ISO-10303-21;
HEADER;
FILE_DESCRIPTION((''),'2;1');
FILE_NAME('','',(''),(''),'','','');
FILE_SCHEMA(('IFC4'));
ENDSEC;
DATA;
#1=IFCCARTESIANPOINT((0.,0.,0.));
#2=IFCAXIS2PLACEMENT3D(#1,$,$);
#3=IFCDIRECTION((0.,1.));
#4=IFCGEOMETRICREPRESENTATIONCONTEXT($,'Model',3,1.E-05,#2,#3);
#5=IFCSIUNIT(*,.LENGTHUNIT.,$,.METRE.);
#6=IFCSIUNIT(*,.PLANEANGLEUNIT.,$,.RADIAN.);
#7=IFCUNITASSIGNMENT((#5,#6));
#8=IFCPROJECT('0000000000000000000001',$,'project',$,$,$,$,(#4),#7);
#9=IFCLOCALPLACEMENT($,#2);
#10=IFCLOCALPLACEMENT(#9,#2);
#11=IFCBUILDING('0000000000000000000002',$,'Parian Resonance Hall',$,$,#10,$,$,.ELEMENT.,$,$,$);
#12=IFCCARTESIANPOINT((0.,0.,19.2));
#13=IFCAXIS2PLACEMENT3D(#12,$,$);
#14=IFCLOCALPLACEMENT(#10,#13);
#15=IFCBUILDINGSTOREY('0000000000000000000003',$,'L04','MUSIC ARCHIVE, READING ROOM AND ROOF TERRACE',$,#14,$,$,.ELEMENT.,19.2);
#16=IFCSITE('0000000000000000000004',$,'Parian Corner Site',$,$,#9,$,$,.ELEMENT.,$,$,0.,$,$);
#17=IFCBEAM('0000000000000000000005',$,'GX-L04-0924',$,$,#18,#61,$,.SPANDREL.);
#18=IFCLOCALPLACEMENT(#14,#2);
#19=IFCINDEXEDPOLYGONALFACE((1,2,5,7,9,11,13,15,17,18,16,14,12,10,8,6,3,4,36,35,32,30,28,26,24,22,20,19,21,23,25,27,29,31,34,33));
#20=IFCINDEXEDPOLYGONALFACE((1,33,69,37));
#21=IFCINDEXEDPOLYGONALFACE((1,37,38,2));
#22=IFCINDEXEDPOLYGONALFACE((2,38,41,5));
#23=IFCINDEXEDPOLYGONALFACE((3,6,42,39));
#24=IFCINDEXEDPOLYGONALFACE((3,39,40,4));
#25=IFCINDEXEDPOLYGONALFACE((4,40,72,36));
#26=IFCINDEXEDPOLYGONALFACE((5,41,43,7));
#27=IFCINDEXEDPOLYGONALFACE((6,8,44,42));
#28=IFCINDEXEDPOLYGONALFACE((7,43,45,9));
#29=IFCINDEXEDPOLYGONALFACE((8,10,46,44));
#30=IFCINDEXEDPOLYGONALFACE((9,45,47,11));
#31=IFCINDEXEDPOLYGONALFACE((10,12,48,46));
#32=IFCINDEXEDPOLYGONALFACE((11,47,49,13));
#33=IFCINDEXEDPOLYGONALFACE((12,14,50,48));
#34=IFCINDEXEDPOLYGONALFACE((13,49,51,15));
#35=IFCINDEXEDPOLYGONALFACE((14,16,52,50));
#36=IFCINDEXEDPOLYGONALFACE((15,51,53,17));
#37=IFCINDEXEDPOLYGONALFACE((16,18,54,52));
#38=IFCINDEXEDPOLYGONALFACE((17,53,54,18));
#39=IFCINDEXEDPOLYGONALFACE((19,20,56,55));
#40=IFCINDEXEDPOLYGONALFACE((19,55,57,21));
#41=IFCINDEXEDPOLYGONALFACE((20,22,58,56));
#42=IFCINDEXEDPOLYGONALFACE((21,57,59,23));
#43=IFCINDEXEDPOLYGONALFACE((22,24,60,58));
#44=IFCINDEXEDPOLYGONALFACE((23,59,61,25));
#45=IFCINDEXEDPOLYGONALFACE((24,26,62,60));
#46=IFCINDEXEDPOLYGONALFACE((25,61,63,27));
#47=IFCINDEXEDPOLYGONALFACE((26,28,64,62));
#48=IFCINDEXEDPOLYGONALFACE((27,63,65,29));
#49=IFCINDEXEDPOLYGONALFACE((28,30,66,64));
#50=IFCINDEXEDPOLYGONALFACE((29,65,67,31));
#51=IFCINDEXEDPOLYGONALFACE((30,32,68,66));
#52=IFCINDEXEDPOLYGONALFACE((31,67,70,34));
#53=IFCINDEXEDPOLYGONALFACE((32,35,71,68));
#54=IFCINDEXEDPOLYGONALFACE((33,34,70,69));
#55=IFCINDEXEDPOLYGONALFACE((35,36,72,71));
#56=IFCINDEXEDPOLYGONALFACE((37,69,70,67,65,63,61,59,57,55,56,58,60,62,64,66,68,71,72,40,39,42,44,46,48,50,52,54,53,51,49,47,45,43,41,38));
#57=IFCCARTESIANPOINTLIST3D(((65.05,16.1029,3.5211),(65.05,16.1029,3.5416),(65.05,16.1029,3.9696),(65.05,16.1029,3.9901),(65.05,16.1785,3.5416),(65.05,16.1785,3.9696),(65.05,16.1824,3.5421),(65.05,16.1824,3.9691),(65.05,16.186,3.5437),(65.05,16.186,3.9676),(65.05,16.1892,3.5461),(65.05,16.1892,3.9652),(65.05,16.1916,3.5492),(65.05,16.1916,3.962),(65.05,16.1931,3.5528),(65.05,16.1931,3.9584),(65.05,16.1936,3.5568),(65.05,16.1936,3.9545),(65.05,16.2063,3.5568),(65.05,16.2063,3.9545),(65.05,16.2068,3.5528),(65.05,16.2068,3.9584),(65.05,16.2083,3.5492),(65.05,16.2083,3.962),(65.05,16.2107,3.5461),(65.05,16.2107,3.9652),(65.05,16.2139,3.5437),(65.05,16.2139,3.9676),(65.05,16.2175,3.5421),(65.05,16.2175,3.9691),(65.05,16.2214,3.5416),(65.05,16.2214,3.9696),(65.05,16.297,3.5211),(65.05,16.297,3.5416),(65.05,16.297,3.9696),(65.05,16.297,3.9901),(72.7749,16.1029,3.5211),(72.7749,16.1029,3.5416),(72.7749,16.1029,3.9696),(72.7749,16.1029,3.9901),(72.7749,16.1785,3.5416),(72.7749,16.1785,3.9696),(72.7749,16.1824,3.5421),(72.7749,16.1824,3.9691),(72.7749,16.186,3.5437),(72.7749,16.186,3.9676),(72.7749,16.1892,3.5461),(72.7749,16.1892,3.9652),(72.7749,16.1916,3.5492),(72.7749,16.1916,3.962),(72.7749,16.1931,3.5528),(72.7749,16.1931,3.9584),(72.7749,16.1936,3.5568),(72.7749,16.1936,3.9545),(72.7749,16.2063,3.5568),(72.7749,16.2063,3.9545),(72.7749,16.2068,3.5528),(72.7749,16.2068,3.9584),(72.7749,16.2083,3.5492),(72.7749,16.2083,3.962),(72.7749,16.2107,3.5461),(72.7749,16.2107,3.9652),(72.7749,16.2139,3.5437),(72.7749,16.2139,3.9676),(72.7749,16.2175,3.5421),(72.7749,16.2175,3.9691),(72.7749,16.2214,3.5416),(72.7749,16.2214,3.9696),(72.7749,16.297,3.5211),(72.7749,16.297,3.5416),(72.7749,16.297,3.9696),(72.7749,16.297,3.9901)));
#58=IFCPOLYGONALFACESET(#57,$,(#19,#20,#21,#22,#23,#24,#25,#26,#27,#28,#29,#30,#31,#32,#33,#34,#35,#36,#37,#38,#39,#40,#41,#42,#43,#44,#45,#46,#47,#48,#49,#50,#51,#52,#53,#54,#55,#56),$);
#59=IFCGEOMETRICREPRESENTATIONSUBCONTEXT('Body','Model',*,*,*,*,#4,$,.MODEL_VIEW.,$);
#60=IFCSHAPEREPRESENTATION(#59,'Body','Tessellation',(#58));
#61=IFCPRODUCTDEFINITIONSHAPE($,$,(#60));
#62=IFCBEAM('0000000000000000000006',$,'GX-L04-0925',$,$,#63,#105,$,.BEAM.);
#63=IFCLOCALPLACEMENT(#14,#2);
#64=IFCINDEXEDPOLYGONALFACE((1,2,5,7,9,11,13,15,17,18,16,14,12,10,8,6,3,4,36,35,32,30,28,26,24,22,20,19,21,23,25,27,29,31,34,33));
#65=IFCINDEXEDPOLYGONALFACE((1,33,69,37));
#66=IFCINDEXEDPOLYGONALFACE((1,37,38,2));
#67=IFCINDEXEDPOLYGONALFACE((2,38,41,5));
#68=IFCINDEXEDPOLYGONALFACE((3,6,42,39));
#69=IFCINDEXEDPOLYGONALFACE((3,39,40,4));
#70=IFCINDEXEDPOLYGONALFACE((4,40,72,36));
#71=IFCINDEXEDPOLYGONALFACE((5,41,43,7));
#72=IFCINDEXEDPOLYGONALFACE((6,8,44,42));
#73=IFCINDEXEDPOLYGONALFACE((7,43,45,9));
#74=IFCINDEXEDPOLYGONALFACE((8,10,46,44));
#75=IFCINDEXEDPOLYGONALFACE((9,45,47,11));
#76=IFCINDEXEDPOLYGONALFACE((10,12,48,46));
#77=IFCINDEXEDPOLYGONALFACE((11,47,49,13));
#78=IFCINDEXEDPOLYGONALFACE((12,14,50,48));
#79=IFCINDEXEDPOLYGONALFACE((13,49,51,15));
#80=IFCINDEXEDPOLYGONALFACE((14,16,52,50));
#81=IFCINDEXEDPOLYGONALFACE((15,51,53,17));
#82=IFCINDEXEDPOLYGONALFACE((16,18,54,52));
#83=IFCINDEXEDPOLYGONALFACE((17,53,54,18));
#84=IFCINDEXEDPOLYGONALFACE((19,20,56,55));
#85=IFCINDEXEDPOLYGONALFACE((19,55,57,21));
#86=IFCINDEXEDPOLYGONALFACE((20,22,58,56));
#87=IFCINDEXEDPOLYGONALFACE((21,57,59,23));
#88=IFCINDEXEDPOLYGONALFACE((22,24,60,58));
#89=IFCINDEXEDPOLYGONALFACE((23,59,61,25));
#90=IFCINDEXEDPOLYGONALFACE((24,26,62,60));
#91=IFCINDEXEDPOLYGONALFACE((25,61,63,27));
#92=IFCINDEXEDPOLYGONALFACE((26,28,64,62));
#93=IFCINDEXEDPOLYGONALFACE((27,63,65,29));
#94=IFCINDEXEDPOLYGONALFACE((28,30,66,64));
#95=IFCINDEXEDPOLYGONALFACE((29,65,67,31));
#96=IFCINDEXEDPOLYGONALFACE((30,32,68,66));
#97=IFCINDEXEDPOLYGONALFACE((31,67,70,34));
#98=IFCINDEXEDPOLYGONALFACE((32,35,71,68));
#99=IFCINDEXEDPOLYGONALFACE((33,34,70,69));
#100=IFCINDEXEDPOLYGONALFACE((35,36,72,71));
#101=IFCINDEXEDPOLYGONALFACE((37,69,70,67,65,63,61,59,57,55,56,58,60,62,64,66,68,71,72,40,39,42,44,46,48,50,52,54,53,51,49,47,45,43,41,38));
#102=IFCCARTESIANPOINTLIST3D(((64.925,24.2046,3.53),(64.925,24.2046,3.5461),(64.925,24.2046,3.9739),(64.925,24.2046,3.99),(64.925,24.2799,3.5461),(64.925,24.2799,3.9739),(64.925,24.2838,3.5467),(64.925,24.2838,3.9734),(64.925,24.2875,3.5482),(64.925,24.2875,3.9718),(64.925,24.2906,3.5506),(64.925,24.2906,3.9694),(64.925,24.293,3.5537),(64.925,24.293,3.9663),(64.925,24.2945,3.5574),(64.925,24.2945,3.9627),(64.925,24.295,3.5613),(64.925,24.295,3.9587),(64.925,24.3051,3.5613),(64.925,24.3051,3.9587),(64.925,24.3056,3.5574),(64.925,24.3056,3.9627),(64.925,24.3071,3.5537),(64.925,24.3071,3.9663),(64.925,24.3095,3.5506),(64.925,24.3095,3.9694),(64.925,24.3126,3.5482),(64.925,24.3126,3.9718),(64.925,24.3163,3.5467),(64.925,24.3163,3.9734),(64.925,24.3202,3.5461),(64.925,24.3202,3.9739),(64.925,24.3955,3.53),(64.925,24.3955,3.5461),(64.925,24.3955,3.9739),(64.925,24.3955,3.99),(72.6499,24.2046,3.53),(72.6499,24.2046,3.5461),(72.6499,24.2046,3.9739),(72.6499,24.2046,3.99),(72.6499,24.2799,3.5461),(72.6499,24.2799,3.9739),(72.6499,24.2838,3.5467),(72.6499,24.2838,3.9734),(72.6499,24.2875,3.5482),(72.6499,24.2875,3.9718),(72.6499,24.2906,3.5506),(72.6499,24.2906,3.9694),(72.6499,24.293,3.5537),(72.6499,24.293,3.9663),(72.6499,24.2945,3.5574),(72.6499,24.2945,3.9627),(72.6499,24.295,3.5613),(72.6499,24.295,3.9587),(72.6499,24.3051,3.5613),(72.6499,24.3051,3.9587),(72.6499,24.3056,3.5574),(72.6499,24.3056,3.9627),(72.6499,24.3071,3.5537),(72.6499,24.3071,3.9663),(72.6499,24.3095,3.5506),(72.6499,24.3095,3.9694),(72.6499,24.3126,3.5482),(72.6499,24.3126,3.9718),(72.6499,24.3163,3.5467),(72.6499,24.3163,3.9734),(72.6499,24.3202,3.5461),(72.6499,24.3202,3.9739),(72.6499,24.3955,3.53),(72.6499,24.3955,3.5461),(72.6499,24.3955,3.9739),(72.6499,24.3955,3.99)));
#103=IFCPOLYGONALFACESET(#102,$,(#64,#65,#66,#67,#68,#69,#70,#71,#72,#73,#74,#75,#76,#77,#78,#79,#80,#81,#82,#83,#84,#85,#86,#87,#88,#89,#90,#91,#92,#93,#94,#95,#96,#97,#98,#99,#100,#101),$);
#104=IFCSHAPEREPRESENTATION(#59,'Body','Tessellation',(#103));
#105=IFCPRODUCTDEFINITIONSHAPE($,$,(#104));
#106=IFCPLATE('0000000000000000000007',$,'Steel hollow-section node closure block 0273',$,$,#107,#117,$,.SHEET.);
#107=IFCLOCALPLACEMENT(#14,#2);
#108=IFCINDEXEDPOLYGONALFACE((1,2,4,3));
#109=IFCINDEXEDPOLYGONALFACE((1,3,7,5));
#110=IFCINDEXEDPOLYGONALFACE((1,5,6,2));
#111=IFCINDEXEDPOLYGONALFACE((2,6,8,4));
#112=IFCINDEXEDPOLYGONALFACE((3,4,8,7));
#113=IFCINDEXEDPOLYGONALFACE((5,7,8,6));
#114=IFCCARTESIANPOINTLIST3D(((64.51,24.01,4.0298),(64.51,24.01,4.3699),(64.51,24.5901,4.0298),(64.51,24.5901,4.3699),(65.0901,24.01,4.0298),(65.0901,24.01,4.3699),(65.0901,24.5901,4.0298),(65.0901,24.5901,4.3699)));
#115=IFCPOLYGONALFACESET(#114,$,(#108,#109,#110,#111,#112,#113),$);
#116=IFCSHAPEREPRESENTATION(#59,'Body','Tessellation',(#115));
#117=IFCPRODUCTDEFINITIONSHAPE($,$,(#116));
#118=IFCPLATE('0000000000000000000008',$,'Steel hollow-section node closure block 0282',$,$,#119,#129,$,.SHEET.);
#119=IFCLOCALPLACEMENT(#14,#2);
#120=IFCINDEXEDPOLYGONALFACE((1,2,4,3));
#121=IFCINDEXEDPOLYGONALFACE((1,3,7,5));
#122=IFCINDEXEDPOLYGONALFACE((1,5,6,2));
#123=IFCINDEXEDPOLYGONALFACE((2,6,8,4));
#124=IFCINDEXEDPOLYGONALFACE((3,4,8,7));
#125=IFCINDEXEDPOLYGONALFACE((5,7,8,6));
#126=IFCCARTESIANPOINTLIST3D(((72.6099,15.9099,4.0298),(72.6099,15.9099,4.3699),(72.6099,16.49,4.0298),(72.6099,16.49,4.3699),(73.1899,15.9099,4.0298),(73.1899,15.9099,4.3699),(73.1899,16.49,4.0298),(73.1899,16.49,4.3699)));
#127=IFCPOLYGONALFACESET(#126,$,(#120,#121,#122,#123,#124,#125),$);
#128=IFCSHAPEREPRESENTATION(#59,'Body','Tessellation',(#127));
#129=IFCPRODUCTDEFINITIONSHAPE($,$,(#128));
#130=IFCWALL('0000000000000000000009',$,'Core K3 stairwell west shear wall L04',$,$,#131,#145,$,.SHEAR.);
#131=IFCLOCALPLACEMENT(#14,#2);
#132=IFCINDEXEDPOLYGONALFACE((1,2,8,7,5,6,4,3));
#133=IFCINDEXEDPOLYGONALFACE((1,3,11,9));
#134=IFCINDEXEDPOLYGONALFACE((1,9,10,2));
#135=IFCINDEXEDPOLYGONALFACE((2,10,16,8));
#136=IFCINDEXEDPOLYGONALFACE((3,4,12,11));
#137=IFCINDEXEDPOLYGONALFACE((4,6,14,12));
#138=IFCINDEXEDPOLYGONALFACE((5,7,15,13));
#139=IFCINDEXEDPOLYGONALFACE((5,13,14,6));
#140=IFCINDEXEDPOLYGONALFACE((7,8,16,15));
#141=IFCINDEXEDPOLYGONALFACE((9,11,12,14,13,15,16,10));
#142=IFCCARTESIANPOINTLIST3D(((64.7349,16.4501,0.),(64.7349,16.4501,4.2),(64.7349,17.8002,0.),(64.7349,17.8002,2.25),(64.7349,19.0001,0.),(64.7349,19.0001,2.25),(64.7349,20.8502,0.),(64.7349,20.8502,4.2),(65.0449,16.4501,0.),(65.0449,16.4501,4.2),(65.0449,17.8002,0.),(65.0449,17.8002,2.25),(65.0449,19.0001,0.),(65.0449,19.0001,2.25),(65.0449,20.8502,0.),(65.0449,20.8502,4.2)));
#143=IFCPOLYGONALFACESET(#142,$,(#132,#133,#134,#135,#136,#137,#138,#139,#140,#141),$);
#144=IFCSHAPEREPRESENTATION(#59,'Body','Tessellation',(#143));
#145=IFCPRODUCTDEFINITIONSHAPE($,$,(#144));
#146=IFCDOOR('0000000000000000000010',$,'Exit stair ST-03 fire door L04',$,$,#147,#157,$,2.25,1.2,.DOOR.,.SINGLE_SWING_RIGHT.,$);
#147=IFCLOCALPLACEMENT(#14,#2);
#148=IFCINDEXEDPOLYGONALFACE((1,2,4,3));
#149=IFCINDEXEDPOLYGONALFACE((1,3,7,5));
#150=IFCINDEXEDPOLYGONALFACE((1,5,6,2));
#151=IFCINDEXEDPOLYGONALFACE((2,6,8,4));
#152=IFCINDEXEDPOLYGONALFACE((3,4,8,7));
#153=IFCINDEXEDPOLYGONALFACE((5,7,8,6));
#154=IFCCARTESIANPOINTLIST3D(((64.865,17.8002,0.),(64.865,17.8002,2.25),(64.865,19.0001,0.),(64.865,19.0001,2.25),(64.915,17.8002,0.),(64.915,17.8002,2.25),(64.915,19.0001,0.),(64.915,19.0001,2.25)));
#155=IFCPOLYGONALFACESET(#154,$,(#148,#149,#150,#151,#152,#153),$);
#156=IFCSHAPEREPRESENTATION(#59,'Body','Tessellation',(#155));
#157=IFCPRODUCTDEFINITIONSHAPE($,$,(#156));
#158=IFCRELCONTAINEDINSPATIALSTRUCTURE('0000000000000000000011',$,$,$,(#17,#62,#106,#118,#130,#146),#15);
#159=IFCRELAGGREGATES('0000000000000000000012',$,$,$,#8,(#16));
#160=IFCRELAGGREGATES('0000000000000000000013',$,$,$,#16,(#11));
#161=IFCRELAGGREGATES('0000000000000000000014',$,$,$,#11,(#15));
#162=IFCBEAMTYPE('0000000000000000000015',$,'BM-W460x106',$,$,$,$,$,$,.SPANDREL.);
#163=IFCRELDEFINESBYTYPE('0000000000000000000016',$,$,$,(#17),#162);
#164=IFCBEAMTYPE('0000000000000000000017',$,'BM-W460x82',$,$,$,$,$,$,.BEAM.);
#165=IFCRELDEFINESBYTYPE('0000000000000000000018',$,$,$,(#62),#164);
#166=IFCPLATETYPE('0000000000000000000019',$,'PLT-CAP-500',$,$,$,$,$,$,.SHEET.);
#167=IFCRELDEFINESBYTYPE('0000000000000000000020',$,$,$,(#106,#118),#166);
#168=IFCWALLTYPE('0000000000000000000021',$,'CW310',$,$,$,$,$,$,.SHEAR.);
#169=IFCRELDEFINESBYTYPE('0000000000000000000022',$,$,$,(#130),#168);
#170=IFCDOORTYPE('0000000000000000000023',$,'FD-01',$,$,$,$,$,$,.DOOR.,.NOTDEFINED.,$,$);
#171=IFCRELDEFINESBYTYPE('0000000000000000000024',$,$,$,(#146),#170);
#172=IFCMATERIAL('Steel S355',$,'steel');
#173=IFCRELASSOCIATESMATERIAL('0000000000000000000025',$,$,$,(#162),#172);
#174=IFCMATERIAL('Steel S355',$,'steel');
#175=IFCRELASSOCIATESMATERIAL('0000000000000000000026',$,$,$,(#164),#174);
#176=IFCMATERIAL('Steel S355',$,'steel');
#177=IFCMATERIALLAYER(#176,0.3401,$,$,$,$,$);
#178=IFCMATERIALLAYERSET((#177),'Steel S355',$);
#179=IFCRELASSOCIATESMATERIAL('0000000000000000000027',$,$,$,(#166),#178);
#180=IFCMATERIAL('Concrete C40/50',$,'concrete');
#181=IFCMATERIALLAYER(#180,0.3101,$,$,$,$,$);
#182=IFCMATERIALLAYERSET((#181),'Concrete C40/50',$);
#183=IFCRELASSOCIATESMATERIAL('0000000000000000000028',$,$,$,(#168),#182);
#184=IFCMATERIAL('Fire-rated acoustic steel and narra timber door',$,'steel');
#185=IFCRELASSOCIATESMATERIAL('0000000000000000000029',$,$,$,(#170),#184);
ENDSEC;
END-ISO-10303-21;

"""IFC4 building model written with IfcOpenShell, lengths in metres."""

from ifc_helpers import new_model, si_unit, direction, frame, frame_2d, origin, origin_2d, place, context, subcontext, project, spatial, rectangle, i_section, extrude, material, layer, layer_set, material_profile, profile_set, type_object, element, fill, save


model = new_model("IFC4")

# Units and contexts
model_context = context("Model", 3, precision=1e-05, world=origin(), true_north=direction((0.0, 1.0)))
body_context = subcontext(model_context, "Body", "Model", "MODEL_VIEW")
ifc_project = project(units=[si_unit("LENGTHUNIT", "METRE"), si_unit("PLANEANGLEUNIT", "RADIAN")], contexts=[model_context])

# Site, building, storey
site_placement = place(None, origin())
site = spatial("IfcSite", under=ifc_project, at=site_placement, Name="Parian Corner Site", CompositionType="ELEMENT", RefElevation=0.0)
building_placement = place(site_placement, origin())
building = spatial("IfcBuilding", under=site, at=building_placement, Name="Parian Resonance Hall", CompositionType="ELEMENT")
storey_placement = place(building_placement, frame((0.0, 0.0, 19.2)))
storey = spatial("IfcBuildingStorey", under=building, at=storey_placement, Name="L04", Description="MUSIC ARCHIVE, READING ROOM AND ROOF TERRACE", CompositionType="ELEMENT", Elevation=19.2)

# Beams
ifc_material_1 = material(Name="Steel S355", Category="steel")
ifc_material_profile_1 = material_profile(ifc_material_1, i_section(OverallWidth=0.1941, OverallDepth=0.469, WebThickness=0.0127, FlangeThickness=0.0205, FilletRadius=0.0151, at=origin_2d()), Name="W460x106")
ifc_profile_set_1 = profile_set([ifc_material_profile_1], Name="Steel S355")
beam_type_1 = type_object("IfcBeamType", Name="BM-W460x106", PredefinedType="SPANDREL", material=ifc_profile_set_1)
beam_1_placement = place(storey_placement, frame((65.05, 16.2, 3.7556), z_axis=(1.0, 0.0, 0.0), x_axis=(0.0, 1.0, 0.0)))
element("IfcBeam", 1, at=beam_1_placement, inside=storey, type_object=beam_type_1, Name="GX-L04-0924", PredefinedType="SPANDREL", context=body_context, shape_type="SweptSolid", body=[
    extrude(i_section(OverallWidth=0.1941, OverallDepth=0.469, WebThickness=0.0127, FlangeThickness=0.0205, FilletRadius=0.0151, at=origin_2d()), origin(), (0.0, 0.0, 1.0), 7.7249),
])
ifc_material_2 = material(Name="Steel S355", Category="steel")
ifc_material_profile_2 = material_profile(ifc_material_2, i_section(OverallWidth=0.1909, OverallDepth=0.46, WebThickness=0.01, FlangeThickness=0.0161, FilletRadius=0.0151, at=origin_2d()), Name="W460x82")
ifc_profile_set_2 = profile_set([ifc_material_profile_2], Name="Steel S355")
beam_type_2 = type_object("IfcBeamType", Name="BM-W460x82", PredefinedType="BEAM", material=ifc_profile_set_2)
beam_2_placement = place(storey_placement, frame((64.925, 24.3, 3.76), z_axis=(1.0, 0.0, 0.0), x_axis=(0.0, 1.0, 0.0)))
element("IfcBeam", 2, at=beam_2_placement, inside=storey, type_object=beam_type_2, Name="GX-L04-0925", PredefinedType="BEAM", context=body_context, shape_type="SweptSolid", body=[
    extrude(i_section(OverallWidth=0.1909, OverallDepth=0.46, WebThickness=0.01, FlangeThickness=0.0161, FilletRadius=0.0151, at=origin_2d()), origin(), (0.0, 0.0, 1.0), 7.7249),
])

# Plates
ifc_material_3 = material(Name="Steel S355", Category="steel")
ifc_layer_1 = layer(ifc_material_3, 0.3401)
ifc_layer_set_1 = layer_set([ifc_layer_1], Name="Steel S355")
plate_type = type_object("IfcPlateType", Name="PLT-CAP-500", PredefinedType="SHEET", material=ifc_layer_set_1)
for number, where, z_axis, x_axis, name in (
    (3, (64.8, 24.3, 4.0298), (0.0, 0.0, 1.0), (1.0, 0.0, 0.0), "Steel hollow-section node closure block 0273"),
    (4, (72.8999, 16.2, 4.0298), (0.0, 0.0, 1.0), (1.0, 0.0, 0.0), "Steel hollow-section node closure block 0282"),
):
    element("IfcPlate", number, at=place(storey_placement, frame(where, z_axis=z_axis, x_axis=x_axis)), inside=storey, type_object=plate_type, Name=name, PredefinedType="SHEET", context=body_context, shape_type="SweptSolid", body=[
        extrude(rectangle(XDim=0.5801, YDim=0.5801, at=origin_2d()), origin(), (0.0, 0.0, 1.0), 0.3401),
    ])

# Wall, opening, door
ifc_material_4 = material(Name="Concrete C40/50", Category="concrete")
ifc_layer_2 = layer(ifc_material_4, 0.3101)
ifc_layer_set_2 = layer_set([ifc_layer_2], Name="Concrete C40/50")
wall_type_1 = type_object("IfcWallType", Name="CW310", PredefinedType="SHEAR", material=ifc_layer_set_2)
wall_1_placement = place(storey_placement, frame((64.8899, 16.45, 0.0), z_axis=(0.0, 0.0, 1.0), x_axis=(0.0, 1.0, 0.0)))
wall_1 = element("IfcWall", 5, at=wall_1_placement, inside=storey, type_object=wall_type_1, Name="Core K3 stairwell west shear wall L04", PredefinedType="SHEAR", context=body_context, shape_type="SweptSolid", body=[
    extrude(rectangle(XDim=4.4001, YDim=0.3101, at=frame_2d((2.2002, 0.0))), origin(), (0.0, 0.0, 1.0), 4.2),
])
opening_1_placement = place(wall_1_placement, frame((1.3501, 0.0, 0.0)))
opening_1 = element("IfcOpeningElement", 6, at=opening_1_placement, cuts=wall_1, PredefinedType="OPENING", context=body_context, shape_type="SweptSolid", body=[
    extrude(rectangle(XDim=1.2, YDim=2.25, at=frame_2d((0.6001, 1.125))), frame((0.0, 0.165, 0.0), z_axis=(0.0, -1.0, 0.0), x_axis=(1.0, 0.0, 0.0)), (0.0, 0.0, 1.0), 0.3301),
])
ifc_material_5 = material(Name="Fire-rated acoustic steel and narra timber door", Category="steel")
door_type_1 = type_object("IfcDoorType", Name="FD-01", OperationType="NOTDEFINED", PredefinedType="DOOR", material=ifc_material_5)
door_1_placement = place(opening_1_placement, origin())
door_1 = element("IfcDoor", 7, at=door_1_placement, inside=storey, type_object=door_type_1, Name="Exit stair ST-03 fire door L04", OperationType="SINGLE_SWING_RIGHT", OverallHeight=2.25, OverallWidth=1.2, PredefinedType="DOOR", context=body_context, shape_type="SweptSolid", body=[
    extrude(rectangle(XDim=1.2, YDim=2.25, at=frame_2d((0.6001, 1.125))), frame((0.0, 0.0249, 0.0), z_axis=(0.0, -1.0, 0.0), x_axis=(1.0, 0.0, 0.0)), (0.0, 0.0, 1.0), 0.05),
])
fill(opening_1, door_1)

save(model, "model.ifc")
